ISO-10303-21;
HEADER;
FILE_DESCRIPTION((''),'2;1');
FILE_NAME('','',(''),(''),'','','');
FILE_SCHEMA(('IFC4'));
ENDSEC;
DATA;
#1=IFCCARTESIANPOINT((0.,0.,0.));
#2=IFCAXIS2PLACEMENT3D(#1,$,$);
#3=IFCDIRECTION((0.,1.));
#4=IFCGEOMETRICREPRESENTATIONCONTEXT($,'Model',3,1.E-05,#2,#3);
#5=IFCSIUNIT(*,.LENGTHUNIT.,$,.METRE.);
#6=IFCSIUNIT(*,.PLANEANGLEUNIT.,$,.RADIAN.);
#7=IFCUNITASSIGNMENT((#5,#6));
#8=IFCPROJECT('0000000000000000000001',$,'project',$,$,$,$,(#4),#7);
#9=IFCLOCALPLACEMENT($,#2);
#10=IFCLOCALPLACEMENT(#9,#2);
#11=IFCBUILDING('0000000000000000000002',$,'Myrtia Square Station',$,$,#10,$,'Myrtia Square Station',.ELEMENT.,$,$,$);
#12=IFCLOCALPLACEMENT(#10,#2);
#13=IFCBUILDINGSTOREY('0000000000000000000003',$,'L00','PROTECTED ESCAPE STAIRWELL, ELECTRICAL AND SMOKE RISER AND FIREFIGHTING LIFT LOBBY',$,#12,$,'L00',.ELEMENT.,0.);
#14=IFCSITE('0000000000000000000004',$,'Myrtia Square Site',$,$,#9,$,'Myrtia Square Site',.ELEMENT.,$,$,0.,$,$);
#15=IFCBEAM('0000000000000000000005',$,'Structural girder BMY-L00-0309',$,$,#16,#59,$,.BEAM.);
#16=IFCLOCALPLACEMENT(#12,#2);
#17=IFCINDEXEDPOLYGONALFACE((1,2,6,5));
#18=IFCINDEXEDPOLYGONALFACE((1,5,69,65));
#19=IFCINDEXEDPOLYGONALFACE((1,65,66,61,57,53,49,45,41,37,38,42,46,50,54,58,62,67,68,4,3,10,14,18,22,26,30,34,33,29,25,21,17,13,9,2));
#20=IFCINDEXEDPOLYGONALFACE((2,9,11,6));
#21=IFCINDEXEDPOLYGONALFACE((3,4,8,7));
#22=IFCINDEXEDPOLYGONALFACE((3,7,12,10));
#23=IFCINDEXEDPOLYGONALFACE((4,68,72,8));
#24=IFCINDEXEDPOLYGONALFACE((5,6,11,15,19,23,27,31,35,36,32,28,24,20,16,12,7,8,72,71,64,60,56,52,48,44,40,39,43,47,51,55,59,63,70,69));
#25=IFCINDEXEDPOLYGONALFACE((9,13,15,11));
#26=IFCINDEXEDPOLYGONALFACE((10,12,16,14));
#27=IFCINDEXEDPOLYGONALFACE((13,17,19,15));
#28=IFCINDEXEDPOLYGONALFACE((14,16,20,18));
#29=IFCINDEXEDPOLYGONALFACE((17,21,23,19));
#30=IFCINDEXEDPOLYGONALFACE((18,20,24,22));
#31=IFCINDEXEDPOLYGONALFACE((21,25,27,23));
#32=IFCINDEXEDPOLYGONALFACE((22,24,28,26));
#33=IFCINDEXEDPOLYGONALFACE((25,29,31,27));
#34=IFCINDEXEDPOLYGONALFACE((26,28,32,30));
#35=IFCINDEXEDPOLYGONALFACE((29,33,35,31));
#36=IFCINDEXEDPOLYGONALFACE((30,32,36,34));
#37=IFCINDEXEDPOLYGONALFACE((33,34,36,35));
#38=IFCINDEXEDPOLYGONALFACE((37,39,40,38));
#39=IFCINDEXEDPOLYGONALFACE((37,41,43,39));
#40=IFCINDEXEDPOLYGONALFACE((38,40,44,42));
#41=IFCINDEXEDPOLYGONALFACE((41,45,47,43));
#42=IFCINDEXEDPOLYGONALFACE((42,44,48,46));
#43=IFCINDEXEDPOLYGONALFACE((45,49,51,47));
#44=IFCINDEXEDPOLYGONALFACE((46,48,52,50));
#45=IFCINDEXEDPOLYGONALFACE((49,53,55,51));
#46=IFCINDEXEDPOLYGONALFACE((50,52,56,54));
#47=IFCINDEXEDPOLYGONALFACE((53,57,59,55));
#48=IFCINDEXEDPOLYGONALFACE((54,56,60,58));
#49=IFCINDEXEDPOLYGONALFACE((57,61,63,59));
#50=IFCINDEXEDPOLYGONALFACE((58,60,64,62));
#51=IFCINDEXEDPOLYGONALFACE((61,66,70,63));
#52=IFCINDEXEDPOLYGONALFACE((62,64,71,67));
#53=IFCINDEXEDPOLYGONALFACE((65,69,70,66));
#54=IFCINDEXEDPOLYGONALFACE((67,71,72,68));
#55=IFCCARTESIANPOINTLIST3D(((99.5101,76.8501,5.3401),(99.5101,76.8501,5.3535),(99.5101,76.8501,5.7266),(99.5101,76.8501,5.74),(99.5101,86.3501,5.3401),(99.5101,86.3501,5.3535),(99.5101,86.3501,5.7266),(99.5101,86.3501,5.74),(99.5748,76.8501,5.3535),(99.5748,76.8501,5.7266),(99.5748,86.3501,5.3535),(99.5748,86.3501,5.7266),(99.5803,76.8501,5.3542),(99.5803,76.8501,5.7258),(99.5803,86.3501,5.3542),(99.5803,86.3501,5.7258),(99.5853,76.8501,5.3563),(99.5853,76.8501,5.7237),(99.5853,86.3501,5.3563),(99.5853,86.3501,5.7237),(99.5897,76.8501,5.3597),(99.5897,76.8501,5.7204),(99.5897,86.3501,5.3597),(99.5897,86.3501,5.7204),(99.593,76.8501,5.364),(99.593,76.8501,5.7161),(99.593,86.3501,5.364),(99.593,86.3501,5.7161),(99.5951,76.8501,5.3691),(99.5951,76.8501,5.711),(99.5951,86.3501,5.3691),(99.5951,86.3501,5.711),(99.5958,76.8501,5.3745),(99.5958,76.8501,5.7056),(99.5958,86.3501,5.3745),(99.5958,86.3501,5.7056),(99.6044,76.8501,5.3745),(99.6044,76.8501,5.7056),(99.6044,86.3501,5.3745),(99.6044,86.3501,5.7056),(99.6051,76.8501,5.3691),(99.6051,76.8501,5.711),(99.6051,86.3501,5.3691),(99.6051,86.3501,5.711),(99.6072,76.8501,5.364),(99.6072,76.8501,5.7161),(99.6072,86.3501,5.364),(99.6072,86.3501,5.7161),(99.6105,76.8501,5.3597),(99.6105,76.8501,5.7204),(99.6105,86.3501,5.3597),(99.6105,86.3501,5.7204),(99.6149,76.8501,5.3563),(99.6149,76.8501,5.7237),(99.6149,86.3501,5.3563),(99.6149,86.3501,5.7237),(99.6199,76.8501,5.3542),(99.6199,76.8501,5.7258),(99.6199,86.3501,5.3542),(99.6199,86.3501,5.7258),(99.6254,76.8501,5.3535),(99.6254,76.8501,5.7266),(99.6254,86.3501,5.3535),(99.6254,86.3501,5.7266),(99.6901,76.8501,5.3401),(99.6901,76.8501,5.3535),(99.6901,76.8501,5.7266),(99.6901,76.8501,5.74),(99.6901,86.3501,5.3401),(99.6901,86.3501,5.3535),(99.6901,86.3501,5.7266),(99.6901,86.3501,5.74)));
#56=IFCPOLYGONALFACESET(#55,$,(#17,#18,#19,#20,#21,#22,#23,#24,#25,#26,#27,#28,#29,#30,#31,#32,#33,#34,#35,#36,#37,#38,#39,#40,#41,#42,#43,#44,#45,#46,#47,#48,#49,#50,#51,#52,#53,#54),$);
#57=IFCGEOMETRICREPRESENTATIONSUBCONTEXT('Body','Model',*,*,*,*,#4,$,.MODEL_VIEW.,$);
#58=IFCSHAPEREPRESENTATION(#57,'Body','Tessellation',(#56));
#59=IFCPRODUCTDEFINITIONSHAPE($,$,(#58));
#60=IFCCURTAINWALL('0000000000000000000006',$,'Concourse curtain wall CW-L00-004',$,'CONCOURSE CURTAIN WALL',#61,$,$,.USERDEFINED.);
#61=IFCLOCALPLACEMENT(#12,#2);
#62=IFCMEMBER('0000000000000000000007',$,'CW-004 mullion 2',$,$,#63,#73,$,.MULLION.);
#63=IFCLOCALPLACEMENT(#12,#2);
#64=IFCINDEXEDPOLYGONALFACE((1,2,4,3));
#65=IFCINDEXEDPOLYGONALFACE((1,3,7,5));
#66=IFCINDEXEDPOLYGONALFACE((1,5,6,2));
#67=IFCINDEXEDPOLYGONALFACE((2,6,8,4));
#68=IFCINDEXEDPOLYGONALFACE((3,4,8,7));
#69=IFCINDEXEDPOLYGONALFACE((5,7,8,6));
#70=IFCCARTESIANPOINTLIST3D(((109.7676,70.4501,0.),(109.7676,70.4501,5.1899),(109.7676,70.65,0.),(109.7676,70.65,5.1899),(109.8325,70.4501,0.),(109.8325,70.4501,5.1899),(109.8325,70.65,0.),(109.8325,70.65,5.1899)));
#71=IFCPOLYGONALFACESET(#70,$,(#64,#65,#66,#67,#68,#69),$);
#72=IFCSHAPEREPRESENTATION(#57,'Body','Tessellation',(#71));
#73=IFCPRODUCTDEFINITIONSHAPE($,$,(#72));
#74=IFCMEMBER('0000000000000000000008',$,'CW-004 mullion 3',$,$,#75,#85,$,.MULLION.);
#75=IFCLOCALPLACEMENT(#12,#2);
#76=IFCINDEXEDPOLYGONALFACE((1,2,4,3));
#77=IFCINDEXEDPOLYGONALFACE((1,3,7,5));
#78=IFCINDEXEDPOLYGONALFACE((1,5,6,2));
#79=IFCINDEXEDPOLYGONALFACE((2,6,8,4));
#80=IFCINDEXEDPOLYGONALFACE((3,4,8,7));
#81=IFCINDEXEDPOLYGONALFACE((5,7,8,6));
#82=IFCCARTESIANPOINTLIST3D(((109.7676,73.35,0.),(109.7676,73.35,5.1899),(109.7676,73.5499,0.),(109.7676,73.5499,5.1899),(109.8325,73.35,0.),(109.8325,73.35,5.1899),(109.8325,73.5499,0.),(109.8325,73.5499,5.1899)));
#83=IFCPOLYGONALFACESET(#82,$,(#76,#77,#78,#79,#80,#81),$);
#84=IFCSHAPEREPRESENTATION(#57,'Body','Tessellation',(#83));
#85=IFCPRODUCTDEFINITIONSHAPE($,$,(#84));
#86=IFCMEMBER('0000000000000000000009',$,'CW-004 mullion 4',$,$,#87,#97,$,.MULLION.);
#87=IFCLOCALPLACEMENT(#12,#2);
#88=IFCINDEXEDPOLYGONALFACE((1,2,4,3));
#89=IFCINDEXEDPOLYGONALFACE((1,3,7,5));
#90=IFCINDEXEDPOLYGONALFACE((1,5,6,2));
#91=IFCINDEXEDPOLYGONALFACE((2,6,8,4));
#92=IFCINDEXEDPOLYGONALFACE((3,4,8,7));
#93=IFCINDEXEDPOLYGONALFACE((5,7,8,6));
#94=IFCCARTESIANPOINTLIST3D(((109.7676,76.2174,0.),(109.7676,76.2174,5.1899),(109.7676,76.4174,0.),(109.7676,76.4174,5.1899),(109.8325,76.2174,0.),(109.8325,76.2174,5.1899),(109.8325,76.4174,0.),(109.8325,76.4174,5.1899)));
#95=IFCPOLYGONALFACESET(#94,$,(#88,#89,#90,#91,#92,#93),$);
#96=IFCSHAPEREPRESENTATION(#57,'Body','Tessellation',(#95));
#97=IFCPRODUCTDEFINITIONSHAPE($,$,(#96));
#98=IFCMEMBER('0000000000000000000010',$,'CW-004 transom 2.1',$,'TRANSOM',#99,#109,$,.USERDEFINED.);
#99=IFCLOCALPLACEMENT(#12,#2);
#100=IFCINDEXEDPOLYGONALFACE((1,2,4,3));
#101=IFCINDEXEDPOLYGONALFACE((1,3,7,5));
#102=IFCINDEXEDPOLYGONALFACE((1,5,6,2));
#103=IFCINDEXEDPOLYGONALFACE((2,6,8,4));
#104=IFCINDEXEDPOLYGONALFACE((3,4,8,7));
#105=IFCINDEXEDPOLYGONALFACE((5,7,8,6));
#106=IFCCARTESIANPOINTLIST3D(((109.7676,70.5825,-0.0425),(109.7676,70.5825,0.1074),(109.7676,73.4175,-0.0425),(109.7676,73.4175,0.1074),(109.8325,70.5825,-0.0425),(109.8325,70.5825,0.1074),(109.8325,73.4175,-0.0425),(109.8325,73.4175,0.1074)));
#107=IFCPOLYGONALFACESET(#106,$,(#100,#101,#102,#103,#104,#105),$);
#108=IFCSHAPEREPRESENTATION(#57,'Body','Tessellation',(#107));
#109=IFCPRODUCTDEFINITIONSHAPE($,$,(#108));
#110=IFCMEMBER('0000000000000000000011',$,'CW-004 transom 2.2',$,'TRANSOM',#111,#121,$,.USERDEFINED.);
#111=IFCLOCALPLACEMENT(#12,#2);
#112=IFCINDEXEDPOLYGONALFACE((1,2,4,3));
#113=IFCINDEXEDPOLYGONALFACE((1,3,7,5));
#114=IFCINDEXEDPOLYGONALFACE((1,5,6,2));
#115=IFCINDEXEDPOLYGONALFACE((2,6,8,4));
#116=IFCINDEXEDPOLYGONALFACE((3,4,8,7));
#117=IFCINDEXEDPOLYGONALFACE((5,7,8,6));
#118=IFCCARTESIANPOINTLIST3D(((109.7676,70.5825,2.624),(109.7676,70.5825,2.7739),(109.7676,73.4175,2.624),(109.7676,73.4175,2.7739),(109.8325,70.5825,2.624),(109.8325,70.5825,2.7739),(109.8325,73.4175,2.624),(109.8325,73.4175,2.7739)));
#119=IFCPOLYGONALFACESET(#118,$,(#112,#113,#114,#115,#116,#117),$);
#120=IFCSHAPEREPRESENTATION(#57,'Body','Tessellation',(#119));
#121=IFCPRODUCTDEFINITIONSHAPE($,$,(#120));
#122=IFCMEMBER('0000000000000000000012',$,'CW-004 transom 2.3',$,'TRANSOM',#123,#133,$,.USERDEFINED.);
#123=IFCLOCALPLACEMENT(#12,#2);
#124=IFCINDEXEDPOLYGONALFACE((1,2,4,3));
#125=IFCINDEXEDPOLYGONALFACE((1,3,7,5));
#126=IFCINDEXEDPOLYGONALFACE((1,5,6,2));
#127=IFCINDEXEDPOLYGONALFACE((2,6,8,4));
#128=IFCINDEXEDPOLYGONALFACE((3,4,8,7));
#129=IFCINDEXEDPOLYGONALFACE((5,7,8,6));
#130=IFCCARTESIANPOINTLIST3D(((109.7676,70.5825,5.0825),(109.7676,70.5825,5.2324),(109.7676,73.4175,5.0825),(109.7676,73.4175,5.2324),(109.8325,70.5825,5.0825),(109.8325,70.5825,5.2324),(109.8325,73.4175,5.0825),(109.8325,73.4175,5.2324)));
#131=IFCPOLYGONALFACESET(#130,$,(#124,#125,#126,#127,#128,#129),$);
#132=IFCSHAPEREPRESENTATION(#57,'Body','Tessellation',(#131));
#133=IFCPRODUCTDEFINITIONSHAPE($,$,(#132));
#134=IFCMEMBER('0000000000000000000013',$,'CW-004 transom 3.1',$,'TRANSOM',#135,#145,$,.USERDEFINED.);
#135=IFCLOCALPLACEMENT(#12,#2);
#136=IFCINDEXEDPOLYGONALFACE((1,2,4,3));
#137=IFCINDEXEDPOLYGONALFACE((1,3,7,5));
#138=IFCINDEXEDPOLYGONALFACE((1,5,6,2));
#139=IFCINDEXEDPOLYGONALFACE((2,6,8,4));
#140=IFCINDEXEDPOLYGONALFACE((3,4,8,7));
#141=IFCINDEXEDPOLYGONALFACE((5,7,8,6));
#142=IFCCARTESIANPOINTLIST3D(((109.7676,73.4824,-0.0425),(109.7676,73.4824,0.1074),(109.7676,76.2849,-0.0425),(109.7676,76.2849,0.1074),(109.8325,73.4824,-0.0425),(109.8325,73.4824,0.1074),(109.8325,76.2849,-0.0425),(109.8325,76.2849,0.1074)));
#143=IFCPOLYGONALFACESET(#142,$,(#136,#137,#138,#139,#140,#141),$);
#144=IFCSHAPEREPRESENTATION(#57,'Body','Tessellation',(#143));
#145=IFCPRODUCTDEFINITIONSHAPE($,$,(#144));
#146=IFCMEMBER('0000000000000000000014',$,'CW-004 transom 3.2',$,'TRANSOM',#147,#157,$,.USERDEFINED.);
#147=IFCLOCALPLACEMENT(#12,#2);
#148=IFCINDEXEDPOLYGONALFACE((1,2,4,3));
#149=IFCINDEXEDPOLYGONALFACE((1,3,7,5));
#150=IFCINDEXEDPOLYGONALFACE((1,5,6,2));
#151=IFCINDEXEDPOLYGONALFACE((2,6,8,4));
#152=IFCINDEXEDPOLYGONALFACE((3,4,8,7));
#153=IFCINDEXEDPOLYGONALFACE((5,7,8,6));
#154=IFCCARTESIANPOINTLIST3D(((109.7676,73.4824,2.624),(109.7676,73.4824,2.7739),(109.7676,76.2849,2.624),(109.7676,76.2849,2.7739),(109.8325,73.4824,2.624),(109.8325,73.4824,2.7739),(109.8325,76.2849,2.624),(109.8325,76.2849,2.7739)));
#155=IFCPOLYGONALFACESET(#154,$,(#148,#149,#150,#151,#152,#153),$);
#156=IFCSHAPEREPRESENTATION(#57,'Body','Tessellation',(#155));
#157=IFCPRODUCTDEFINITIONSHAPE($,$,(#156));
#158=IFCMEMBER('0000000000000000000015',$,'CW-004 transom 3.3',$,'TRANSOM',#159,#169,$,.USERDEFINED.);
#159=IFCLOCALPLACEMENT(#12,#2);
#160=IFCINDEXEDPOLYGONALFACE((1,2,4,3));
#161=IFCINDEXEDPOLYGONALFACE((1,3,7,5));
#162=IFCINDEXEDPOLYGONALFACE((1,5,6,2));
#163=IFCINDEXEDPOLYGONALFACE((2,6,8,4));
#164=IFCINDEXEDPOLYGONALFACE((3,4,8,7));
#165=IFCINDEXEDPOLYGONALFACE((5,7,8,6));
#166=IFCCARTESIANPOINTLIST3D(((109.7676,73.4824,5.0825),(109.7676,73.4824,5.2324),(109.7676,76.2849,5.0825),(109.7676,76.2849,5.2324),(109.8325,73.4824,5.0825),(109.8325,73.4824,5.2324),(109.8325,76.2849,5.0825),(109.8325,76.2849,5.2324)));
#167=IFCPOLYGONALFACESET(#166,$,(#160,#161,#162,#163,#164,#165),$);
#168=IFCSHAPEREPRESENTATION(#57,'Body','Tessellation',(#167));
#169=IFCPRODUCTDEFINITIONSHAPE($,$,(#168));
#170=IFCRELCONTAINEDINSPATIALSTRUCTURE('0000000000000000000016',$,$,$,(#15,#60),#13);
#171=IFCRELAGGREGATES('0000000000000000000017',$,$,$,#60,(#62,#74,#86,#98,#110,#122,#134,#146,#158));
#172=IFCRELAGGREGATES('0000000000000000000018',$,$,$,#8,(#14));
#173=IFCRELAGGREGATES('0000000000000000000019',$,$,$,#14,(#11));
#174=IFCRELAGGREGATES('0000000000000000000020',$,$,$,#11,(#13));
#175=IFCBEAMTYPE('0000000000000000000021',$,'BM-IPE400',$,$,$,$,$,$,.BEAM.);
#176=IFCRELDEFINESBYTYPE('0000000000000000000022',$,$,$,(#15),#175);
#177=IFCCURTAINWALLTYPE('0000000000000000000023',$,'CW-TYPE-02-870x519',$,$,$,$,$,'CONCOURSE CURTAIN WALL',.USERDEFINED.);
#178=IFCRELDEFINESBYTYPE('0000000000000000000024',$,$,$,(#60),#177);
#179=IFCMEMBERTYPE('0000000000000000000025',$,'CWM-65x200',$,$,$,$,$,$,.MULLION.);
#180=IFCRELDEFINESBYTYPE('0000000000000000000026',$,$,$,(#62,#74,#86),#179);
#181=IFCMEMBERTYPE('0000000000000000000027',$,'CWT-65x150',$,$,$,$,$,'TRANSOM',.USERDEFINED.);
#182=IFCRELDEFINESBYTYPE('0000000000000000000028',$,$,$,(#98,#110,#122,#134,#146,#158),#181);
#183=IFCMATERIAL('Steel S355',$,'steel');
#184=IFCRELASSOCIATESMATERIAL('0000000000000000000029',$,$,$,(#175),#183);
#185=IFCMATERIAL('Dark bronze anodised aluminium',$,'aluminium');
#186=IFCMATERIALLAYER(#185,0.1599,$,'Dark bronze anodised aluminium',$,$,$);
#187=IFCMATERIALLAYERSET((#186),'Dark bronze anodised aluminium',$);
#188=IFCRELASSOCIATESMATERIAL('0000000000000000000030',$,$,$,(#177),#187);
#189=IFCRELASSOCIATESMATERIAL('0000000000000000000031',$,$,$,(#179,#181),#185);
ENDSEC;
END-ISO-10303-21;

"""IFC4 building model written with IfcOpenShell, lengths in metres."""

from ifc_helpers import new_model, si_unit, direction, frame, origin, origin_2d, place, context, subcontext, project, spatial, rectangle, i_section, extrude, material, layer, layer_set, material_profile, profile_set, type_object, element, aggregate, save


model = new_model("IFC4")

# Units and contexts
model_context = context("Model", 3, precision=1e-05, world=origin(), true_north=direction((0.0, 1.0)))
body_context = subcontext(model_context, "Body", "Model", "MODEL_VIEW")
ifc_project = project(units=[si_unit("LENGTHUNIT", "METRE"), si_unit("PLANEANGLEUNIT", "RADIAN")], contexts=[model_context])

# Site, building, storey
site_placement = place(None, origin())
site = spatial("IfcSite", under=ifc_project, at=site_placement, Name="Myrtia Square Site", LongName="Myrtia Square Site", CompositionType="ELEMENT", RefElevation=0.0)
building_placement = place(site_placement, origin())
building = spatial("IfcBuilding", under=site, at=building_placement, Name="Myrtia Square Station", LongName="Myrtia Square Station", CompositionType="ELEMENT")
storey_placement = place(building_placement, origin())
storey = spatial("IfcBuildingStorey", under=building, at=storey_placement, Name="L00", Description="PROTECTED ESCAPE STAIRWELL, ELECTRICAL AND SMOKE RISER AND FIREFIGHTING LIFT LOBBY", LongName="L00", CompositionType="ELEMENT", Elevation=0.0)

# Shared definitions
ifc_material_1 = material(Name="Steel S355", Category="steel")

# Beam
ifc_material_profile_1 = material_profile(ifc_material_1, i_section(OverallWidth=0.1799, OverallDepth=0.3999, WebThickness=0.0085, FlangeThickness=0.0134, FilletRadius=0.021, at=origin_2d()), Name="IPE 400")
ifc_profile_set_1 = profile_set([ifc_material_profile_1], Name="Steel S355")
beam_type_1 = type_object("IfcBeamType", Name="BM-IPE400", PredefinedType="BEAM", material=ifc_profile_set_1)
beam_1_placement = place(storey_placement, frame((99.6001, 76.8501, 5.54), z_axis=(0.0, 1.0, 0.0), x_axis=(-1.0, 0.0, 0.0)))
element("IfcBeam", 1, at=beam_1_placement, inside=storey, type_object=beam_type_1, Name="Structural girder BMY-L00-0309", PredefinedType="BEAM", context=body_context, shape_type="SweptSolid", body=[
    extrude(i_section(OverallWidth=0.1799, OverallDepth=0.3999, WebThickness=0.0085, FlangeThickness=0.0134, FilletRadius=0.021, at=origin_2d()), origin(), (0.0, 0.0, 1.0), 9.5),
])

# Curtain wall, members
ifc_material_2 = material(Name="Dark bronze anodised aluminium", Category="aluminium")
ifc_layer_1 = layer(ifc_material_2, 0.1599, Name="Dark bronze anodised aluminium")
ifc_layer_set_1 = layer_set([ifc_layer_1], Name="Dark bronze anodised aluminium")
curtain_wall_type = type_object("IfcCurtainWallType", Name="CW-TYPE-02-870x519", ElementType="CONCOURSE CURTAIN WALL", PredefinedType="USERDEFINED", material=ifc_layer_set_1)
curtain_wall_placement = place(storey_placement, origin())
curtain_wall = element("IfcCurtainWall", 2, at=curtain_wall_placement, inside=storey, type_object=curtain_wall_type, Name="Concourse curtain wall CW-L00-004", ObjectType="CONCOURSE CURTAIN WALL", PredefinedType="USERDEFINED")
ifc_material_profile_2 = material_profile(ifc_material_2, rectangle(XDim=0.0649, YDim=0.2, at=origin_2d()), Name="ALU-M 65x200")
ifc_profile_set_2 = profile_set([ifc_material_profile_2], Name="Dark bronze anodised aluminium")
member_type_1 = type_object("IfcMemberType", Name="CWM-65x200", PredefinedType="MULLION", material=ifc_profile_set_2)
member_1_placement = place(storey_placement, frame((109.8, 70.55, 0.0), z_axis=(0.0, 0.0, 1.0), x_axis=(-1.0, 0.0, 0.0)))
member_1 = element("IfcMember", 3, at=member_1_placement, type_object=member_type_1, Name="CW-004 mullion 2", PredefinedType="MULLION", context=body_context, shape_type="SweptSolid", body=[
    extrude(rectangle(XDim=0.0649, YDim=0.2, at=origin_2d()), origin(), (0.0, 0.0, 1.0), 5.1899),
])
member_2_placement = place(storey_placement, frame((109.8, 73.45, 0.0), z_axis=(0.0, 0.0, 1.0), x_axis=(-1.0, 0.0, 0.0)))
member_2 = element("IfcMember", 4, at=member_2_placement, type_object=member_type_1, Name="CW-004 mullion 3", PredefinedType="MULLION", context=body_context, shape_type="SweptSolid", body=[
    extrude(rectangle(XDim=0.0649, YDim=0.2, at=origin_2d()), origin(), (0.0, 0.0, 1.0), 5.1899),
])
member_3_placement = place(storey_placement, frame((109.8, 76.3174, 0.0), z_axis=(0.0, 0.0, 1.0), x_axis=(-1.0, 0.0, 0.0)))
member_3 = element("IfcMember", 5, at=member_3_placement, type_object=member_type_1, Name="CW-004 mullion 4", PredefinedType="MULLION", context=body_context, shape_type="SweptSolid", body=[
    extrude(rectangle(XDim=0.0649, YDim=0.2, at=origin_2d()), origin(), (0.0, 0.0, 1.0), 5.1899),
])
ifc_material_profile_3 = material_profile(ifc_material_2, rectangle(XDim=0.0649, YDim=0.1499, at=origin_2d()), Name="ALU-T 65x150")
ifc_profile_set_3 = profile_set([ifc_material_profile_3], Name="Dark bronze anodised aluminium")
member_type_2 = type_object("IfcMemberType", Name="CWT-65x150", ElementType="TRANSOM", PredefinedType="USERDEFINED", material=ifc_profile_set_3)
member_4_placement = place(storey_placement, frame((109.8, 70.5825, 0.0325), z_axis=(0.0, 1.0, 0.0), x_axis=(-1.0, 0.0, 0.0)))
member_4 = element("IfcMember", 6, at=member_4_placement, type_object=member_type_2, Name="CW-004 transom 2.1", ObjectType="TRANSOM", PredefinedType="USERDEFINED", context=body_context, shape_type="SweptSolid", body=[
    extrude(rectangle(XDim=0.0649, YDim=0.1499, at=origin_2d()), origin(), (0.0, 0.0, 1.0), 2.835),
])
member_5_placement = place(storey_placement, frame((109.8, 70.5825, 2.699), z_axis=(0.0, 1.0, 0.0), x_axis=(-1.0, 0.0, 0.0)))
member_5 = element("IfcMember", 7, at=member_5_placement, type_object=member_type_2, Name="CW-004 transom 2.2", ObjectType="TRANSOM", PredefinedType="USERDEFINED", context=body_context, shape_type="SweptSolid", body=[
    extrude(rectangle(XDim=0.0649, YDim=0.1499, at=origin_2d()), origin(), (0.0, 0.0, 1.0), 2.835),
])
member_6_placement = place(storey_placement, frame((109.8, 70.5825, 5.1575), z_axis=(0.0, 1.0, 0.0), x_axis=(-1.0, 0.0, 0.0)))
member_6 = element("IfcMember", 8, at=member_6_placement, type_object=member_type_2, Name="CW-004 transom 2.3", ObjectType="TRANSOM", PredefinedType="USERDEFINED", context=body_context, shape_type="SweptSolid", body=[
    extrude(rectangle(XDim=0.0649, YDim=0.1499, at=origin_2d()), origin(), (0.0, 0.0, 1.0), 2.835),
])
member_7_placement = place(storey_placement, frame((109.8, 73.4824, 0.0325), z_axis=(0.0, 1.0, 0.0), x_axis=(-1.0, 0.0, 0.0)))
member_7 = element("IfcMember", 9, at=member_7_placement, type_object=member_type_2, Name="CW-004 transom 3.1", ObjectType="TRANSOM", PredefinedType="USERDEFINED", context=body_context, shape_type="SweptSolid", body=[
    extrude(rectangle(XDim=0.0649, YDim=0.1499, at=origin_2d()), origin(), (0.0, 0.0, 1.0), 2.8025),
])
member_8_placement = place(storey_placement, frame((109.8, 73.4824, 2.699), z_axis=(0.0, 1.0, 0.0), x_axis=(-1.0, 0.0, 0.0)))
member_8 = element("IfcMember", 10, at=member_8_placement, type_object=member_type_2, Name="CW-004 transom 3.2", ObjectType="TRANSOM", PredefinedType="USERDEFINED", context=body_context, shape_type="SweptSolid", body=[
    extrude(rectangle(XDim=0.0649, YDim=0.1499, at=origin_2d()), origin(), (0.0, 0.0, 1.0), 2.8025),
])
member_9_placement = place(storey_placement, frame((109.8, 73.4824, 5.1575), z_axis=(0.0, 1.0, 0.0), x_axis=(-1.0, 0.0, 0.0)))
member_9 = element("IfcMember", 11, at=member_9_placement, type_object=member_type_2, Name="CW-004 transom 3.3", ObjectType="TRANSOM", PredefinedType="USERDEFINED", context=body_context, shape_type="SweptSolid", body=[
    extrude(rectangle(XDim=0.0649, YDim=0.1499, at=origin_2d()), origin(), (0.0, 0.0, 1.0), 2.8025),
])

aggregate(curtain_wall, [member_1, member_2, member_3, member_4, member_5, member_6, member_7, member_8, member_9])

save(model, "model.ifc")
